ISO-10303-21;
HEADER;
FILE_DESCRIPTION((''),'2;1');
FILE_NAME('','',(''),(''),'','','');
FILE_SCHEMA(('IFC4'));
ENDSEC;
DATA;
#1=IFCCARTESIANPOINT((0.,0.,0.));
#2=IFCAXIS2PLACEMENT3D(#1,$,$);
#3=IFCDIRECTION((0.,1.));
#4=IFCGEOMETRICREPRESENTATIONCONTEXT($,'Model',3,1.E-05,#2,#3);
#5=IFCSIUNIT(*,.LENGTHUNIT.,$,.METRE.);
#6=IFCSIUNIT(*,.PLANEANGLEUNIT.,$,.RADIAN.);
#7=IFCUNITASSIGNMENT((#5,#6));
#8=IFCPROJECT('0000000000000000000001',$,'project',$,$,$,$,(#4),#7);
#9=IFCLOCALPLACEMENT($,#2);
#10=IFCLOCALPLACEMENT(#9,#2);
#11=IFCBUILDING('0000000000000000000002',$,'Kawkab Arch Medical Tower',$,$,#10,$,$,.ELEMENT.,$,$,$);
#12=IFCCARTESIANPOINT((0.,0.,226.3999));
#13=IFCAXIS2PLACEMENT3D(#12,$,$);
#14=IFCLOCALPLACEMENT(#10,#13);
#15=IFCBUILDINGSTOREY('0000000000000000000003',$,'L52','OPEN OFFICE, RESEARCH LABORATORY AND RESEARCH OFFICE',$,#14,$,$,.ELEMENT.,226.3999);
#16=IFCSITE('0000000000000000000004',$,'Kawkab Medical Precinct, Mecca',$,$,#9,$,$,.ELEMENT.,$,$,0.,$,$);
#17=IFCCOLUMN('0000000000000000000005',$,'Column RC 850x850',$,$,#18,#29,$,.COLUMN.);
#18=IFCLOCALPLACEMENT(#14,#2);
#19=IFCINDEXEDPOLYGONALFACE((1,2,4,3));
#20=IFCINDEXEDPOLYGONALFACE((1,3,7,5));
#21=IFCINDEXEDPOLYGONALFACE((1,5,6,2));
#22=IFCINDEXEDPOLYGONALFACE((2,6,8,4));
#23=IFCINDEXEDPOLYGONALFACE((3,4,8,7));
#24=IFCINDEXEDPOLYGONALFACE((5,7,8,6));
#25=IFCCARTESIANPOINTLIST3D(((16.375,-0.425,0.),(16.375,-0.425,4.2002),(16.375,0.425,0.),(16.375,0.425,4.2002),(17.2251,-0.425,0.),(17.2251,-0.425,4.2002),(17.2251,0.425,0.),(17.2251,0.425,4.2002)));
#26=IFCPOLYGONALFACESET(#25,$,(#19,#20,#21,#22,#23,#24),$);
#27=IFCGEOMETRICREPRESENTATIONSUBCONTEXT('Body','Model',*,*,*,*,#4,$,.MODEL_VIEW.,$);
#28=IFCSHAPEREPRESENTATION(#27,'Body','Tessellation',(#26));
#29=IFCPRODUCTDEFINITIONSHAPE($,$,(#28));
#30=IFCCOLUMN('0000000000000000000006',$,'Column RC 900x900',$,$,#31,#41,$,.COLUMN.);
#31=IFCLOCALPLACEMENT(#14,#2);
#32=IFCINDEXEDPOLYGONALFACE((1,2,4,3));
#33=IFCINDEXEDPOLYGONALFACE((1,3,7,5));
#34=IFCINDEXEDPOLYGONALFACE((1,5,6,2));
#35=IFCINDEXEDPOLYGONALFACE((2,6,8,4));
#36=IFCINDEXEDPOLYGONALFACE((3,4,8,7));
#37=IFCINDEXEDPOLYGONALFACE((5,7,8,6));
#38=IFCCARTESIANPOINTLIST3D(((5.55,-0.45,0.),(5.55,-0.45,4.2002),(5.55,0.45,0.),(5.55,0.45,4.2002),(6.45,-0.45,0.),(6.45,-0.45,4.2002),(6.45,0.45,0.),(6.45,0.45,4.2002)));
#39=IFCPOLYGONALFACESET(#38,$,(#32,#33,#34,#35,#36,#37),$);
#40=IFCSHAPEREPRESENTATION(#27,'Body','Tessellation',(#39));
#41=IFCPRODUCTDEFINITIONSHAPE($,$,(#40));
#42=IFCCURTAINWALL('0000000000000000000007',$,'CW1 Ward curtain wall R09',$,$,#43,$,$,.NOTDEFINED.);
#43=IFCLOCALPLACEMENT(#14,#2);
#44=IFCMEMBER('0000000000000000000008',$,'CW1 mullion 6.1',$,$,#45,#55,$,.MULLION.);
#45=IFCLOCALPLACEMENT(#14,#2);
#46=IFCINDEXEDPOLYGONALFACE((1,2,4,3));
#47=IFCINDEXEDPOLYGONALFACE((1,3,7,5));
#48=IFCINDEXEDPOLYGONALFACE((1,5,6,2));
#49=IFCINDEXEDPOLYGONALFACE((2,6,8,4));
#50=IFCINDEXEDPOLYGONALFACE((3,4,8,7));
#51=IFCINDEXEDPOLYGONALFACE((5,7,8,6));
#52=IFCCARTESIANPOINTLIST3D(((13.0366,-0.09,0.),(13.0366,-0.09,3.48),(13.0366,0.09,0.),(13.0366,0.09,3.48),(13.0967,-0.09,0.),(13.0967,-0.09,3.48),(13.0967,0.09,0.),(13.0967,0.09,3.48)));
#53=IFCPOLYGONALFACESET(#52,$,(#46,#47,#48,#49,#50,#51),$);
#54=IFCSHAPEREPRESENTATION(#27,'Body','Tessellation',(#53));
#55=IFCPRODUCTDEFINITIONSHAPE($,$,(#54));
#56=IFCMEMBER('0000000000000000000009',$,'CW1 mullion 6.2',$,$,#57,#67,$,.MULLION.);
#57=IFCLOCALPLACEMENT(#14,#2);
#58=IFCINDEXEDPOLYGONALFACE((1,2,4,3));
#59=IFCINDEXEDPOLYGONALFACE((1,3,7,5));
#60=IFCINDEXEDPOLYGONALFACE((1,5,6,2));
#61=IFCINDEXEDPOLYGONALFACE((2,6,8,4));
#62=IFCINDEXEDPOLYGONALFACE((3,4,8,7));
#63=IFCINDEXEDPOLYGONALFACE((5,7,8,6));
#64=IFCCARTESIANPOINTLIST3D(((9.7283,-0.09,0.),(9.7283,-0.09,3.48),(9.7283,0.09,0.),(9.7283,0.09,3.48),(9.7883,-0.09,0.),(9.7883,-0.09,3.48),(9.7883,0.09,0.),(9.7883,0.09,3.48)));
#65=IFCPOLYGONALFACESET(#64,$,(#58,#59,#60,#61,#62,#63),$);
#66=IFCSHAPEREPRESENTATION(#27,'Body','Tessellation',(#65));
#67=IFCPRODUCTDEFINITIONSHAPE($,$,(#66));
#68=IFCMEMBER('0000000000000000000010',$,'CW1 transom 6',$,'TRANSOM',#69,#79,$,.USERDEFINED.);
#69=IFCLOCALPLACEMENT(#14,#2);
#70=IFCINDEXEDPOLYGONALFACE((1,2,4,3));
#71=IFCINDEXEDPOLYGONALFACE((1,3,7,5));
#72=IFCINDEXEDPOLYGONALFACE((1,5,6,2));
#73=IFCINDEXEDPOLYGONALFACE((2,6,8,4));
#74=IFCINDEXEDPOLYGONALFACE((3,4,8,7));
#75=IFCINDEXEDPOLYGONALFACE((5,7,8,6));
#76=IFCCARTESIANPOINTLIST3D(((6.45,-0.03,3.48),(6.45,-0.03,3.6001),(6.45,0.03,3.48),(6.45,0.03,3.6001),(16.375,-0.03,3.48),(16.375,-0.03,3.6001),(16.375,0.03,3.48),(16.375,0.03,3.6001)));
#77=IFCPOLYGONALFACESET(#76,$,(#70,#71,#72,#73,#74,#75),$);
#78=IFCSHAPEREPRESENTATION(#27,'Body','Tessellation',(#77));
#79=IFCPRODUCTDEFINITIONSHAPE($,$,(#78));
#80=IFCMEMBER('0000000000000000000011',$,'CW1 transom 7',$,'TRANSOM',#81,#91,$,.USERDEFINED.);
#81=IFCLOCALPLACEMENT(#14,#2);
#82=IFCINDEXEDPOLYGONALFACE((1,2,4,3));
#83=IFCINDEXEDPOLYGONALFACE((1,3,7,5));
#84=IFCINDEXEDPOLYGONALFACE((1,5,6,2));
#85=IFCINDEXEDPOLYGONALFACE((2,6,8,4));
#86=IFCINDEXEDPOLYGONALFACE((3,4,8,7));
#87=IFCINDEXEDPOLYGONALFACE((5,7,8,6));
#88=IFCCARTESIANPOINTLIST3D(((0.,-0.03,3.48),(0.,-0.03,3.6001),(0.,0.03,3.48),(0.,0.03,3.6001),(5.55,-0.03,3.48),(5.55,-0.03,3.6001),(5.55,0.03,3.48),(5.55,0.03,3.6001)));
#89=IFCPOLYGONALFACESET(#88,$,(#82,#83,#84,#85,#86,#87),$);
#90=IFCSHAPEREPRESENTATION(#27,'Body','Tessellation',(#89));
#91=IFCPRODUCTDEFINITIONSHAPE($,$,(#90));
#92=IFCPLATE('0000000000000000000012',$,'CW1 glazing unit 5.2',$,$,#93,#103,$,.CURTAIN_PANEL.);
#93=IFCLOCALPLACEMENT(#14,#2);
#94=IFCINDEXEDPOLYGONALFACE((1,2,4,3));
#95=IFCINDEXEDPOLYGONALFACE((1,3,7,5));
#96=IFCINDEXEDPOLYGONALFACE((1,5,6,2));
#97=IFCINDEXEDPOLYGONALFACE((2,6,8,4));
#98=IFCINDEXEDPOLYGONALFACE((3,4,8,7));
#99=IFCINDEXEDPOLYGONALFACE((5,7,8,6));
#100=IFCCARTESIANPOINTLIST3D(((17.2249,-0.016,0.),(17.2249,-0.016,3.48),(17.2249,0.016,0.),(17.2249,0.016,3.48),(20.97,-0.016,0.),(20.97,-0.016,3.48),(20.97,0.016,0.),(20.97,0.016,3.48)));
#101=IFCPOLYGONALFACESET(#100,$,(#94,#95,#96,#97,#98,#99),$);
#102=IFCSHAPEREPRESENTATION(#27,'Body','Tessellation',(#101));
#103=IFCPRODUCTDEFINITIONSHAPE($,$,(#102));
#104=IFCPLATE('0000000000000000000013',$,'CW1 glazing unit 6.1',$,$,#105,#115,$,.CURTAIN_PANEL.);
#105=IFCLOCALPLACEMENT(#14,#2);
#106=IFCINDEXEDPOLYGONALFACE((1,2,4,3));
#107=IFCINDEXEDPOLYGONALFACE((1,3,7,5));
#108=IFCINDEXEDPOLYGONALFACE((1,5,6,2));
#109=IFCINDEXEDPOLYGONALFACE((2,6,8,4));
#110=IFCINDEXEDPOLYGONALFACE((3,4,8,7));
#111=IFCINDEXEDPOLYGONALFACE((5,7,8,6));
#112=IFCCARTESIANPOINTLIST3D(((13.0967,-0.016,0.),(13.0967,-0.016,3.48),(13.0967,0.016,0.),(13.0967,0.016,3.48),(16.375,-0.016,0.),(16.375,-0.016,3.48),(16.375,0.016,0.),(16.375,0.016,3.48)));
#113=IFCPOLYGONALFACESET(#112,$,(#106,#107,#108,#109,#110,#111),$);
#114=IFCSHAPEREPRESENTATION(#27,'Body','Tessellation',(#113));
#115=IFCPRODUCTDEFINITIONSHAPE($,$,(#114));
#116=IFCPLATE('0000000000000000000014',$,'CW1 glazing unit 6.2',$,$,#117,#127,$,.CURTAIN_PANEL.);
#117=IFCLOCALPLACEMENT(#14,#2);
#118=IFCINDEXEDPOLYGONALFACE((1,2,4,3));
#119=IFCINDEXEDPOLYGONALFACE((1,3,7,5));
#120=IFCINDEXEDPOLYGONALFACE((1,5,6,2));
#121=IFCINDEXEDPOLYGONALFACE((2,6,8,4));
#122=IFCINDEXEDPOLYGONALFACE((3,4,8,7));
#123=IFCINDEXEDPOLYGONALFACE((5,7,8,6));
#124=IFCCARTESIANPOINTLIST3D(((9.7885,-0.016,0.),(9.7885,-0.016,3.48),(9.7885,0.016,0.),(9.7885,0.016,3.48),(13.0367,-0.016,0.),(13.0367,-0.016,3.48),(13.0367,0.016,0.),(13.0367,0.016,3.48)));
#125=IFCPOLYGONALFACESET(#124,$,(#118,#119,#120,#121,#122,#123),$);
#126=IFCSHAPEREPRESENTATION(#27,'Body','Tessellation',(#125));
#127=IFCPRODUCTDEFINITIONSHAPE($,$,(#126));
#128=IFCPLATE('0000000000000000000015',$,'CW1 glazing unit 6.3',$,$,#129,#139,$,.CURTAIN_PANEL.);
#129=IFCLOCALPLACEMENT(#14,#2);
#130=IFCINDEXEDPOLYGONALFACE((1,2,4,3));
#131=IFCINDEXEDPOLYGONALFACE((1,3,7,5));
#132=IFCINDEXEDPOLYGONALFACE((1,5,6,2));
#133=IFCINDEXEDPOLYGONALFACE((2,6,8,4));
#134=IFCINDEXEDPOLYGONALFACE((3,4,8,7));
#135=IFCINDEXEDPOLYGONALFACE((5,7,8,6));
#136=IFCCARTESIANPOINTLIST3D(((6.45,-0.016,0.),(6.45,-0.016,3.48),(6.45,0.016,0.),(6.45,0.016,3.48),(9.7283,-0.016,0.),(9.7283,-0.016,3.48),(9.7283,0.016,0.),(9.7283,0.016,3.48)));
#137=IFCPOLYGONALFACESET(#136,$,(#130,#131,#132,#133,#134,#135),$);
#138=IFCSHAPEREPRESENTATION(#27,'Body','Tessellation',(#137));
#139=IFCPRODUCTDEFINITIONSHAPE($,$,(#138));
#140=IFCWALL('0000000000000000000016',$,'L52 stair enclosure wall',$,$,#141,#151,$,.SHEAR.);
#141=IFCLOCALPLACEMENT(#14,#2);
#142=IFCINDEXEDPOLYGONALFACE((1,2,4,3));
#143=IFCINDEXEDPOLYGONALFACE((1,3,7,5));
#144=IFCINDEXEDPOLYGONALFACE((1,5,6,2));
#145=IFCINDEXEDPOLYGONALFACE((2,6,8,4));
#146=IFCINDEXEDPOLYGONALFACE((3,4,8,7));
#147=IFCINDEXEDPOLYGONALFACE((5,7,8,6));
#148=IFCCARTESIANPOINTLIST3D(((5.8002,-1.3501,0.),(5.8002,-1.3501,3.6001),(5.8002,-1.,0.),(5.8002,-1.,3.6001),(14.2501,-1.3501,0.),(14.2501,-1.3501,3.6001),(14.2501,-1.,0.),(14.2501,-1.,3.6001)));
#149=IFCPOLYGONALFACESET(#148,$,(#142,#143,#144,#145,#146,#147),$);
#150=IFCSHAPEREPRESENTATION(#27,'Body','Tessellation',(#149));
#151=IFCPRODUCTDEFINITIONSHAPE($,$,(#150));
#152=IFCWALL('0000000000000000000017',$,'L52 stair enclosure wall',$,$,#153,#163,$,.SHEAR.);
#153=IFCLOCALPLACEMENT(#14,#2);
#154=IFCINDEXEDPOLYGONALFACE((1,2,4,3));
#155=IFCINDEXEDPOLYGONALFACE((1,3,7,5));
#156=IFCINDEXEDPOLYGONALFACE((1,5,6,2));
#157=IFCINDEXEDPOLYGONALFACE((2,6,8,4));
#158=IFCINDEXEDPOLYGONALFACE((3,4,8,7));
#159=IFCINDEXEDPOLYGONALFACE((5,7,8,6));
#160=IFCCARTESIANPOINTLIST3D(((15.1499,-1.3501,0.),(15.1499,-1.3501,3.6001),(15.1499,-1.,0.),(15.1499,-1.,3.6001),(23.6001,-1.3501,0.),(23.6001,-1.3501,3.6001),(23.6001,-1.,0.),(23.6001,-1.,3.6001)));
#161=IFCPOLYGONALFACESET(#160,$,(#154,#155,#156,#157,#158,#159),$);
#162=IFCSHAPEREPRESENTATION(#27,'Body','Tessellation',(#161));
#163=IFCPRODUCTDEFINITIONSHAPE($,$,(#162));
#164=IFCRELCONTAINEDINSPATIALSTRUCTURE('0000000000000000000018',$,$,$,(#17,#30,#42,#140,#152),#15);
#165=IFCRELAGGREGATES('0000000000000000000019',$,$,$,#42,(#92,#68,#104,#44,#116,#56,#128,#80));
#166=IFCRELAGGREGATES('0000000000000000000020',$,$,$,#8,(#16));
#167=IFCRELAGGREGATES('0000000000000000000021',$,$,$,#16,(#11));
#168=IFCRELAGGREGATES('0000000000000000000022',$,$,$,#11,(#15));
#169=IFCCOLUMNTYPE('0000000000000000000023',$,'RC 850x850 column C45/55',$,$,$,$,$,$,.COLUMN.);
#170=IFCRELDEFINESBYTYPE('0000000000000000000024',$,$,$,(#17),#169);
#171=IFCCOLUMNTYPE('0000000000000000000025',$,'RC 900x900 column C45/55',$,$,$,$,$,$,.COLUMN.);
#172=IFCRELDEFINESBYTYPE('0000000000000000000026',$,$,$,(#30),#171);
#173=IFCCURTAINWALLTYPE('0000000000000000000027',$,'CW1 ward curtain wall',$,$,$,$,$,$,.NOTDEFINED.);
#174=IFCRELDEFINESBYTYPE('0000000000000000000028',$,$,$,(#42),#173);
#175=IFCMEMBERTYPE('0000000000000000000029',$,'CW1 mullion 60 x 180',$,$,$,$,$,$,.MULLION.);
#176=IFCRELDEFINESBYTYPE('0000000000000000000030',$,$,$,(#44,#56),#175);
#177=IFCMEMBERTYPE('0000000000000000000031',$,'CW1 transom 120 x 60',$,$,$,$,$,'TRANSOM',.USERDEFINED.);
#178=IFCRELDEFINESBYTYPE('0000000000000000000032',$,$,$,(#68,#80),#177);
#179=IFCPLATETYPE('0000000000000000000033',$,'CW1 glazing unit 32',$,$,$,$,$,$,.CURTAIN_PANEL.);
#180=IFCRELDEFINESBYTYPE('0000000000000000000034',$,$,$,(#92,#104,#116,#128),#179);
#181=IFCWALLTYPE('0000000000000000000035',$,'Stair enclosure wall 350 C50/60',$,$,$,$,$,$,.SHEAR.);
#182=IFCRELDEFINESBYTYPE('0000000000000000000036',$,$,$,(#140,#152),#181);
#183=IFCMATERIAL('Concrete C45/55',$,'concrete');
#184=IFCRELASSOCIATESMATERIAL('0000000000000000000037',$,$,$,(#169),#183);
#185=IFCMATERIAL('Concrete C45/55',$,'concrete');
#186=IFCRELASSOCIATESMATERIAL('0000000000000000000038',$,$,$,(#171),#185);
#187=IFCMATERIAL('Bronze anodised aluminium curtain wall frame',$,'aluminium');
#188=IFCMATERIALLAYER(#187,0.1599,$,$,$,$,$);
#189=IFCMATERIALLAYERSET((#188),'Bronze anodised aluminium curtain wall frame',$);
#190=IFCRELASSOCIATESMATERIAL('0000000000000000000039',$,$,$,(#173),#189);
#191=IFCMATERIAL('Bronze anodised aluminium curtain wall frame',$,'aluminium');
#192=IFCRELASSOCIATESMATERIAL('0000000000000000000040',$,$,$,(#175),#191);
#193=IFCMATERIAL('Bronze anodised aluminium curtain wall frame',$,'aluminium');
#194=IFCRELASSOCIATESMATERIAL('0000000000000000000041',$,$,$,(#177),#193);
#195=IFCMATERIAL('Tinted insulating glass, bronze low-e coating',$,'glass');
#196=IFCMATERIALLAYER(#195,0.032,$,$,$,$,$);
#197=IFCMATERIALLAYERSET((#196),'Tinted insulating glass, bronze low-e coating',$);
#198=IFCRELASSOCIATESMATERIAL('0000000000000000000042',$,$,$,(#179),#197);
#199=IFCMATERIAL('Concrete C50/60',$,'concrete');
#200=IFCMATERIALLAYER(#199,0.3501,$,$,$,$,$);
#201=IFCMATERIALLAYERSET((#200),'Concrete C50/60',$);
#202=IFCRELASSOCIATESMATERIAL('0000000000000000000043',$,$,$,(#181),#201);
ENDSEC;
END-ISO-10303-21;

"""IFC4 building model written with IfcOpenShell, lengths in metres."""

from ifc_helpers import new_model, si_unit, direction, frame, frame_2d, origin, origin_2d, place, context, subcontext, project, spatial, rectangle, extrude, material, layer, layer_set, material_profile, profile_set, type_object, element, aggregate, save


model = new_model("IFC4")

# Units and contexts
model_context = context("Model", 3, precision=1e-05, world=origin(), true_north=direction((0.0, 1.0)))
body_context = subcontext(model_context, "Body", "Model", "MODEL_VIEW")
ifc_project = project(units=[si_unit("LENGTHUNIT", "METRE"), si_unit("PLANEANGLEUNIT", "RADIAN")], contexts=[model_context])

# Site, building, storey
site_placement = place(None, origin())
site = spatial("IfcSite", under=ifc_project, at=site_placement, Name="Kawkab Medical Precinct, Mecca", CompositionType="ELEMENT", RefElevation=0.0)
building_placement = place(site_placement, origin())
building = spatial("IfcBuilding", under=site, at=building_placement, Name="Kawkab Arch Medical Tower", CompositionType="ELEMENT")
storey_placement = place(building_placement, frame((0.0, 0.0, 226.3999)))
storey = spatial("IfcBuildingStorey", under=building, at=storey_placement, Name="L52", Description="OPEN OFFICE, RESEARCH LABORATORY AND RESEARCH OFFICE", CompositionType="ELEMENT", Elevation=226.3999)

# Columns
ifc_material_1 = material(Name="Concrete C45/55", Category="concrete")
ifc_material_profile_1 = material_profile(ifc_material_1, rectangle(XDim=0.8501, YDim=0.8501, at=origin_2d()), Name="RC 850x850")
ifc_profile_set_1 = profile_set([ifc_material_profile_1], Name="Concrete C45/55")
column_type_1 = type_object("IfcColumnType", Name="RC 850x850 column C45/55", PredefinedType="COLUMN", material=ifc_profile_set_1)
column_1_placement = place(storey_placement, frame((16.8, 0.0, 0.0), z_axis=(0.0, 0.0, 1.0), x_axis=(1.0, 0.0, 0.0)))
element("IfcColumn", 1, at=column_1_placement, inside=storey, type_object=column_type_1, Name="Column RC 850x850", PredefinedType="COLUMN", context=body_context, shape_type="SweptSolid", body=[
    extrude(rectangle(XDim=0.8501, YDim=0.8501, at=origin_2d()), origin(), (0.0, 0.0, 1.0), 4.2002),
])
ifc_material_2 = material(Name="Concrete C45/55", Category="concrete")
ifc_material_profile_2 = material_profile(ifc_material_2, rectangle(XDim=0.8999, YDim=0.8999, at=origin_2d()), Name="RC 900x900")
ifc_profile_set_2 = profile_set([ifc_material_profile_2], Name="Concrete C45/55")
column_type_2 = type_object("IfcColumnType", Name="RC 900x900 column C45/55", PredefinedType="COLUMN", material=ifc_profile_set_2)
column_2_placement = place(storey_placement, frame((6.0, 0.0, 0.0), z_axis=(0.0, 0.0, 1.0), x_axis=(1.0, 0.0, 0.0)))
element("IfcColumn", 2, at=column_2_placement, inside=storey, type_object=column_type_2, Name="Column RC 900x900", PredefinedType="COLUMN", context=body_context, shape_type="SweptSolid", body=[
    extrude(rectangle(XDim=0.8999, YDim=0.8999, at=origin_2d()), origin(), (0.0, 0.0, 1.0), 4.2002),
])

# Curtain wall, members, plates
ifc_material_3 = material(Name="Bronze anodised aluminium curtain wall frame", Category="aluminium")
ifc_layer_1 = layer(ifc_material_3, 0.1599)
ifc_layer_set_1 = layer_set([ifc_layer_1], Name="Bronze anodised aluminium curtain wall frame")
curtain_wall_type = type_object("IfcCurtainWallType", Name="CW1 ward curtain wall", PredefinedType="NOTDEFINED", material=ifc_layer_set_1)
placement = place(storey_placement, origin())
curtain_wall = element("IfcCurtainWall", 3, at=placement, inside=storey, type_object=curtain_wall_type, Name="CW1 Ward curtain wall R09", PredefinedType="NOTDEFINED")
ifc_material_4 = material(Name="Bronze anodised aluminium curtain wall frame", Category="aluminium")
ifc_material_profile_3 = material_profile(ifc_material_4, rectangle(XDim=0.1799, YDim=0.0601, at=origin_2d()), Name="AL 60x180")
ifc_profile_set_3 = profile_set([ifc_material_profile_3], Name="Bronze anodised aluminium curtain wall frame")
member_type_1 = type_object("IfcMemberType", Name="CW1 mullion 60 x 180", PredefinedType="MULLION", material=ifc_profile_set_3)
member_1_placement = place(storey_placement, frame((13.0667, 0.0, 0.0), z_axis=(0.0, 0.0, 1.0), x_axis=(0.0, -1.0, 0.0)))
member_1 = element("IfcMember", 4, at=member_1_placement, type_object=member_type_1, Name="CW1 mullion 6.1", PredefinedType="MULLION", context=body_context, shape_type="SweptSolid", body=[
    extrude(rectangle(XDim=0.1799, YDim=0.0601, at=origin_2d()), origin(), (0.0, 0.0, 1.0), 3.48),
])
member_2_placement = place(storey_placement, frame((9.7583, 0.0, 0.0), z_axis=(0.0, 0.0, 1.0), x_axis=(0.0, -1.0, 0.0)))
member_2 = element("IfcMember", 5, at=member_2_placement, type_object=member_type_1, Name="CW1 mullion 6.2", PredefinedType="MULLION", context=body_context, shape_type="SweptSolid", body=[
    extrude(rectangle(XDim=0.1799, YDim=0.0601, at=origin_2d()), origin(), (0.0, 0.0, 1.0), 3.48),
])
ifc_material_5 = material(Name="Bronze anodised aluminium curtain wall frame", Category="aluminium")
ifc_material_profile_4 = material_profile(ifc_material_5, rectangle(XDim=0.0601, YDim=0.1201, at=origin_2d()), Name="AL 60x120")
ifc_profile_set_4 = profile_set([ifc_material_profile_4], Name="Bronze anodised aluminium curtain wall frame")
member_type_2 = type_object("IfcMemberType", Name="CW1 transom 120 x 60", ElementType="TRANSOM", PredefinedType="USERDEFINED", material=ifc_profile_set_4)
member_3_placement = place(storey_placement, frame((16.375, 0.0, 3.54), z_axis=(-1.0, 0.0, 0.0), x_axis=(0.0, -1.0, 0.0)))
member_3 = element("IfcMember", 6, at=member_3_placement, type_object=member_type_2, Name="CW1 transom 6", ObjectType="TRANSOM", PredefinedType="USERDEFINED", context=body_context, shape_type="SweptSolid", body=[
    extrude(rectangle(XDim=0.0601, YDim=0.1201, at=origin_2d()), origin(), (0.0, 0.0, 1.0), 9.925),
])
member_4_placement = place(storey_placement, frame((5.55, 0.0, 3.54), z_axis=(-1.0, 0.0, 0.0), x_axis=(0.0, -1.0, 0.0)))
member_4 = element("IfcMember", 7, at=member_4_placement, type_object=member_type_2, Name="CW1 transom 7", ObjectType="TRANSOM", PredefinedType="USERDEFINED", context=body_context, shape_type="SweptSolid", body=[
    extrude(rectangle(XDim=0.0601, YDim=0.1201, at=origin_2d()), origin(), (0.0, 0.0, 1.0), 5.55),
])
ifc_material_6 = material(Name="Tinted insulating glass, bronze low-e coating", Category="glass")
ifc_layer_2 = layer(ifc_material_6, 0.032)
ifc_layer_set_2 = layer_set([ifc_layer_2], Name="Tinted insulating glass, bronze low-e coating")
plate_type = type_object("IfcPlateType", Name="CW1 glazing unit 32", PredefinedType="CURTAIN_PANEL", material=ifc_layer_set_2)
plate_1_placement = place(storey_placement, frame((19.0974, 0.0, 0.0), z_axis=(0.0, 0.0, 1.0), x_axis=(-1.0, 0.0, 0.0)))
plate_1 = element("IfcPlate", 8, at=plate_1_placement, type_object=plate_type, Name="CW1 glazing unit 5.2", PredefinedType="CURTAIN_PANEL", context=body_context, shape_type="SweptSolid", body=[
    extrude(rectangle(XDim=3.7451, YDim=0.032, at=origin_2d()), origin(), (0.0, 0.0, 1.0), 3.48),
])
plate_2_placement = place(storey_placement, frame((14.7358, 0.0, 0.0), z_axis=(0.0, 0.0, 1.0), x_axis=(-1.0, 0.0, 0.0)))
plate_2 = element("IfcPlate", 9, at=plate_2_placement, type_object=plate_type, Name="CW1 glazing unit 6.1", PredefinedType="CURTAIN_PANEL", context=body_context, shape_type="SweptSolid", body=[
    extrude(rectangle(XDim=3.2783, YDim=0.032, at=origin_2d()), origin(), (0.0, 0.0, 1.0), 3.48),
])
plate_3_placement = place(storey_placement, frame((11.4126, 0.0, 0.0), z_axis=(0.0, 0.0, 1.0), x_axis=(-1.0, 0.0, 0.0)))
plate_3 = element("IfcPlate", 10, at=plate_3_placement, type_object=plate_type, Name="CW1 glazing unit 6.2", PredefinedType="CURTAIN_PANEL", context=body_context, shape_type="SweptSolid", body=[
    extrude(rectangle(XDim=3.2483, YDim=0.032, at=origin_2d()), origin(), (0.0, 0.0, 1.0), 3.48),
])
plate_4_placement = place(storey_placement, frame((8.0891, 0.0, 0.0), z_axis=(0.0, 0.0, 1.0), x_axis=(-1.0, 0.0, 0.0)))
plate_4 = element("IfcPlate", 11, at=plate_4_placement, type_object=plate_type, Name="CW1 glazing unit 6.3", PredefinedType="CURTAIN_PANEL", context=body_context, shape_type="SweptSolid", body=[
    extrude(rectangle(XDim=3.2783, YDim=0.032, at=origin_2d()), origin(), (0.0, 0.0, 1.0), 3.48),
])
aggregate(curtain_wall, [plate_1, member_3, plate_2, member_1, plate_3, member_2, plate_4, member_4])

# Walls
ifc_material_7 = material(Name="Concrete C50/60", Category="concrete")
ifc_layer_3 = layer(ifc_material_7, 0.3501)
ifc_layer_set_3 = layer_set([ifc_layer_3], Name="Concrete C50/60")
wall_type = type_object("IfcWallType", Name="Stair enclosure wall 350 C50/60", PredefinedType="SHEAR", material=ifc_layer_set_3)
wall_1_placement = place(storey_placement, frame((5.8, -1.175, 0.0), z_axis=(0.0, 0.0, 1.0), x_axis=(1.0, 0.0, 0.0)))
element("IfcWall", 12, at=wall_1_placement, inside=storey, type_object=wall_type, Name="L52 stair enclosure wall", PredefinedType="SHEAR", context=body_context, shape_type="SweptSolid", body=[
    extrude(rectangle(XDim=8.45, YDim=0.3501, at=frame_2d((4.2251, 0.0))), origin(), (0.0, 0.0, 1.0), 3.6001),
])
wall_2_placement = place(storey_placement, frame((15.1499, -1.175, 0.0), z_axis=(0.0, 0.0, 1.0), x_axis=(1.0, 0.0, 0.0)))
element("IfcWall", 13, at=wall_2_placement, inside=storey, type_object=wall_type, Name="L52 stair enclosure wall", PredefinedType="SHEAR", context=body_context, shape_type="SweptSolid", body=[
    extrude(rectangle(XDim=8.4502, YDim=0.3501, at=frame_2d((4.2251, 0.0))), origin(), (0.0, 0.0, 1.0), 3.6001),
])

save(model, "model.ifc")
